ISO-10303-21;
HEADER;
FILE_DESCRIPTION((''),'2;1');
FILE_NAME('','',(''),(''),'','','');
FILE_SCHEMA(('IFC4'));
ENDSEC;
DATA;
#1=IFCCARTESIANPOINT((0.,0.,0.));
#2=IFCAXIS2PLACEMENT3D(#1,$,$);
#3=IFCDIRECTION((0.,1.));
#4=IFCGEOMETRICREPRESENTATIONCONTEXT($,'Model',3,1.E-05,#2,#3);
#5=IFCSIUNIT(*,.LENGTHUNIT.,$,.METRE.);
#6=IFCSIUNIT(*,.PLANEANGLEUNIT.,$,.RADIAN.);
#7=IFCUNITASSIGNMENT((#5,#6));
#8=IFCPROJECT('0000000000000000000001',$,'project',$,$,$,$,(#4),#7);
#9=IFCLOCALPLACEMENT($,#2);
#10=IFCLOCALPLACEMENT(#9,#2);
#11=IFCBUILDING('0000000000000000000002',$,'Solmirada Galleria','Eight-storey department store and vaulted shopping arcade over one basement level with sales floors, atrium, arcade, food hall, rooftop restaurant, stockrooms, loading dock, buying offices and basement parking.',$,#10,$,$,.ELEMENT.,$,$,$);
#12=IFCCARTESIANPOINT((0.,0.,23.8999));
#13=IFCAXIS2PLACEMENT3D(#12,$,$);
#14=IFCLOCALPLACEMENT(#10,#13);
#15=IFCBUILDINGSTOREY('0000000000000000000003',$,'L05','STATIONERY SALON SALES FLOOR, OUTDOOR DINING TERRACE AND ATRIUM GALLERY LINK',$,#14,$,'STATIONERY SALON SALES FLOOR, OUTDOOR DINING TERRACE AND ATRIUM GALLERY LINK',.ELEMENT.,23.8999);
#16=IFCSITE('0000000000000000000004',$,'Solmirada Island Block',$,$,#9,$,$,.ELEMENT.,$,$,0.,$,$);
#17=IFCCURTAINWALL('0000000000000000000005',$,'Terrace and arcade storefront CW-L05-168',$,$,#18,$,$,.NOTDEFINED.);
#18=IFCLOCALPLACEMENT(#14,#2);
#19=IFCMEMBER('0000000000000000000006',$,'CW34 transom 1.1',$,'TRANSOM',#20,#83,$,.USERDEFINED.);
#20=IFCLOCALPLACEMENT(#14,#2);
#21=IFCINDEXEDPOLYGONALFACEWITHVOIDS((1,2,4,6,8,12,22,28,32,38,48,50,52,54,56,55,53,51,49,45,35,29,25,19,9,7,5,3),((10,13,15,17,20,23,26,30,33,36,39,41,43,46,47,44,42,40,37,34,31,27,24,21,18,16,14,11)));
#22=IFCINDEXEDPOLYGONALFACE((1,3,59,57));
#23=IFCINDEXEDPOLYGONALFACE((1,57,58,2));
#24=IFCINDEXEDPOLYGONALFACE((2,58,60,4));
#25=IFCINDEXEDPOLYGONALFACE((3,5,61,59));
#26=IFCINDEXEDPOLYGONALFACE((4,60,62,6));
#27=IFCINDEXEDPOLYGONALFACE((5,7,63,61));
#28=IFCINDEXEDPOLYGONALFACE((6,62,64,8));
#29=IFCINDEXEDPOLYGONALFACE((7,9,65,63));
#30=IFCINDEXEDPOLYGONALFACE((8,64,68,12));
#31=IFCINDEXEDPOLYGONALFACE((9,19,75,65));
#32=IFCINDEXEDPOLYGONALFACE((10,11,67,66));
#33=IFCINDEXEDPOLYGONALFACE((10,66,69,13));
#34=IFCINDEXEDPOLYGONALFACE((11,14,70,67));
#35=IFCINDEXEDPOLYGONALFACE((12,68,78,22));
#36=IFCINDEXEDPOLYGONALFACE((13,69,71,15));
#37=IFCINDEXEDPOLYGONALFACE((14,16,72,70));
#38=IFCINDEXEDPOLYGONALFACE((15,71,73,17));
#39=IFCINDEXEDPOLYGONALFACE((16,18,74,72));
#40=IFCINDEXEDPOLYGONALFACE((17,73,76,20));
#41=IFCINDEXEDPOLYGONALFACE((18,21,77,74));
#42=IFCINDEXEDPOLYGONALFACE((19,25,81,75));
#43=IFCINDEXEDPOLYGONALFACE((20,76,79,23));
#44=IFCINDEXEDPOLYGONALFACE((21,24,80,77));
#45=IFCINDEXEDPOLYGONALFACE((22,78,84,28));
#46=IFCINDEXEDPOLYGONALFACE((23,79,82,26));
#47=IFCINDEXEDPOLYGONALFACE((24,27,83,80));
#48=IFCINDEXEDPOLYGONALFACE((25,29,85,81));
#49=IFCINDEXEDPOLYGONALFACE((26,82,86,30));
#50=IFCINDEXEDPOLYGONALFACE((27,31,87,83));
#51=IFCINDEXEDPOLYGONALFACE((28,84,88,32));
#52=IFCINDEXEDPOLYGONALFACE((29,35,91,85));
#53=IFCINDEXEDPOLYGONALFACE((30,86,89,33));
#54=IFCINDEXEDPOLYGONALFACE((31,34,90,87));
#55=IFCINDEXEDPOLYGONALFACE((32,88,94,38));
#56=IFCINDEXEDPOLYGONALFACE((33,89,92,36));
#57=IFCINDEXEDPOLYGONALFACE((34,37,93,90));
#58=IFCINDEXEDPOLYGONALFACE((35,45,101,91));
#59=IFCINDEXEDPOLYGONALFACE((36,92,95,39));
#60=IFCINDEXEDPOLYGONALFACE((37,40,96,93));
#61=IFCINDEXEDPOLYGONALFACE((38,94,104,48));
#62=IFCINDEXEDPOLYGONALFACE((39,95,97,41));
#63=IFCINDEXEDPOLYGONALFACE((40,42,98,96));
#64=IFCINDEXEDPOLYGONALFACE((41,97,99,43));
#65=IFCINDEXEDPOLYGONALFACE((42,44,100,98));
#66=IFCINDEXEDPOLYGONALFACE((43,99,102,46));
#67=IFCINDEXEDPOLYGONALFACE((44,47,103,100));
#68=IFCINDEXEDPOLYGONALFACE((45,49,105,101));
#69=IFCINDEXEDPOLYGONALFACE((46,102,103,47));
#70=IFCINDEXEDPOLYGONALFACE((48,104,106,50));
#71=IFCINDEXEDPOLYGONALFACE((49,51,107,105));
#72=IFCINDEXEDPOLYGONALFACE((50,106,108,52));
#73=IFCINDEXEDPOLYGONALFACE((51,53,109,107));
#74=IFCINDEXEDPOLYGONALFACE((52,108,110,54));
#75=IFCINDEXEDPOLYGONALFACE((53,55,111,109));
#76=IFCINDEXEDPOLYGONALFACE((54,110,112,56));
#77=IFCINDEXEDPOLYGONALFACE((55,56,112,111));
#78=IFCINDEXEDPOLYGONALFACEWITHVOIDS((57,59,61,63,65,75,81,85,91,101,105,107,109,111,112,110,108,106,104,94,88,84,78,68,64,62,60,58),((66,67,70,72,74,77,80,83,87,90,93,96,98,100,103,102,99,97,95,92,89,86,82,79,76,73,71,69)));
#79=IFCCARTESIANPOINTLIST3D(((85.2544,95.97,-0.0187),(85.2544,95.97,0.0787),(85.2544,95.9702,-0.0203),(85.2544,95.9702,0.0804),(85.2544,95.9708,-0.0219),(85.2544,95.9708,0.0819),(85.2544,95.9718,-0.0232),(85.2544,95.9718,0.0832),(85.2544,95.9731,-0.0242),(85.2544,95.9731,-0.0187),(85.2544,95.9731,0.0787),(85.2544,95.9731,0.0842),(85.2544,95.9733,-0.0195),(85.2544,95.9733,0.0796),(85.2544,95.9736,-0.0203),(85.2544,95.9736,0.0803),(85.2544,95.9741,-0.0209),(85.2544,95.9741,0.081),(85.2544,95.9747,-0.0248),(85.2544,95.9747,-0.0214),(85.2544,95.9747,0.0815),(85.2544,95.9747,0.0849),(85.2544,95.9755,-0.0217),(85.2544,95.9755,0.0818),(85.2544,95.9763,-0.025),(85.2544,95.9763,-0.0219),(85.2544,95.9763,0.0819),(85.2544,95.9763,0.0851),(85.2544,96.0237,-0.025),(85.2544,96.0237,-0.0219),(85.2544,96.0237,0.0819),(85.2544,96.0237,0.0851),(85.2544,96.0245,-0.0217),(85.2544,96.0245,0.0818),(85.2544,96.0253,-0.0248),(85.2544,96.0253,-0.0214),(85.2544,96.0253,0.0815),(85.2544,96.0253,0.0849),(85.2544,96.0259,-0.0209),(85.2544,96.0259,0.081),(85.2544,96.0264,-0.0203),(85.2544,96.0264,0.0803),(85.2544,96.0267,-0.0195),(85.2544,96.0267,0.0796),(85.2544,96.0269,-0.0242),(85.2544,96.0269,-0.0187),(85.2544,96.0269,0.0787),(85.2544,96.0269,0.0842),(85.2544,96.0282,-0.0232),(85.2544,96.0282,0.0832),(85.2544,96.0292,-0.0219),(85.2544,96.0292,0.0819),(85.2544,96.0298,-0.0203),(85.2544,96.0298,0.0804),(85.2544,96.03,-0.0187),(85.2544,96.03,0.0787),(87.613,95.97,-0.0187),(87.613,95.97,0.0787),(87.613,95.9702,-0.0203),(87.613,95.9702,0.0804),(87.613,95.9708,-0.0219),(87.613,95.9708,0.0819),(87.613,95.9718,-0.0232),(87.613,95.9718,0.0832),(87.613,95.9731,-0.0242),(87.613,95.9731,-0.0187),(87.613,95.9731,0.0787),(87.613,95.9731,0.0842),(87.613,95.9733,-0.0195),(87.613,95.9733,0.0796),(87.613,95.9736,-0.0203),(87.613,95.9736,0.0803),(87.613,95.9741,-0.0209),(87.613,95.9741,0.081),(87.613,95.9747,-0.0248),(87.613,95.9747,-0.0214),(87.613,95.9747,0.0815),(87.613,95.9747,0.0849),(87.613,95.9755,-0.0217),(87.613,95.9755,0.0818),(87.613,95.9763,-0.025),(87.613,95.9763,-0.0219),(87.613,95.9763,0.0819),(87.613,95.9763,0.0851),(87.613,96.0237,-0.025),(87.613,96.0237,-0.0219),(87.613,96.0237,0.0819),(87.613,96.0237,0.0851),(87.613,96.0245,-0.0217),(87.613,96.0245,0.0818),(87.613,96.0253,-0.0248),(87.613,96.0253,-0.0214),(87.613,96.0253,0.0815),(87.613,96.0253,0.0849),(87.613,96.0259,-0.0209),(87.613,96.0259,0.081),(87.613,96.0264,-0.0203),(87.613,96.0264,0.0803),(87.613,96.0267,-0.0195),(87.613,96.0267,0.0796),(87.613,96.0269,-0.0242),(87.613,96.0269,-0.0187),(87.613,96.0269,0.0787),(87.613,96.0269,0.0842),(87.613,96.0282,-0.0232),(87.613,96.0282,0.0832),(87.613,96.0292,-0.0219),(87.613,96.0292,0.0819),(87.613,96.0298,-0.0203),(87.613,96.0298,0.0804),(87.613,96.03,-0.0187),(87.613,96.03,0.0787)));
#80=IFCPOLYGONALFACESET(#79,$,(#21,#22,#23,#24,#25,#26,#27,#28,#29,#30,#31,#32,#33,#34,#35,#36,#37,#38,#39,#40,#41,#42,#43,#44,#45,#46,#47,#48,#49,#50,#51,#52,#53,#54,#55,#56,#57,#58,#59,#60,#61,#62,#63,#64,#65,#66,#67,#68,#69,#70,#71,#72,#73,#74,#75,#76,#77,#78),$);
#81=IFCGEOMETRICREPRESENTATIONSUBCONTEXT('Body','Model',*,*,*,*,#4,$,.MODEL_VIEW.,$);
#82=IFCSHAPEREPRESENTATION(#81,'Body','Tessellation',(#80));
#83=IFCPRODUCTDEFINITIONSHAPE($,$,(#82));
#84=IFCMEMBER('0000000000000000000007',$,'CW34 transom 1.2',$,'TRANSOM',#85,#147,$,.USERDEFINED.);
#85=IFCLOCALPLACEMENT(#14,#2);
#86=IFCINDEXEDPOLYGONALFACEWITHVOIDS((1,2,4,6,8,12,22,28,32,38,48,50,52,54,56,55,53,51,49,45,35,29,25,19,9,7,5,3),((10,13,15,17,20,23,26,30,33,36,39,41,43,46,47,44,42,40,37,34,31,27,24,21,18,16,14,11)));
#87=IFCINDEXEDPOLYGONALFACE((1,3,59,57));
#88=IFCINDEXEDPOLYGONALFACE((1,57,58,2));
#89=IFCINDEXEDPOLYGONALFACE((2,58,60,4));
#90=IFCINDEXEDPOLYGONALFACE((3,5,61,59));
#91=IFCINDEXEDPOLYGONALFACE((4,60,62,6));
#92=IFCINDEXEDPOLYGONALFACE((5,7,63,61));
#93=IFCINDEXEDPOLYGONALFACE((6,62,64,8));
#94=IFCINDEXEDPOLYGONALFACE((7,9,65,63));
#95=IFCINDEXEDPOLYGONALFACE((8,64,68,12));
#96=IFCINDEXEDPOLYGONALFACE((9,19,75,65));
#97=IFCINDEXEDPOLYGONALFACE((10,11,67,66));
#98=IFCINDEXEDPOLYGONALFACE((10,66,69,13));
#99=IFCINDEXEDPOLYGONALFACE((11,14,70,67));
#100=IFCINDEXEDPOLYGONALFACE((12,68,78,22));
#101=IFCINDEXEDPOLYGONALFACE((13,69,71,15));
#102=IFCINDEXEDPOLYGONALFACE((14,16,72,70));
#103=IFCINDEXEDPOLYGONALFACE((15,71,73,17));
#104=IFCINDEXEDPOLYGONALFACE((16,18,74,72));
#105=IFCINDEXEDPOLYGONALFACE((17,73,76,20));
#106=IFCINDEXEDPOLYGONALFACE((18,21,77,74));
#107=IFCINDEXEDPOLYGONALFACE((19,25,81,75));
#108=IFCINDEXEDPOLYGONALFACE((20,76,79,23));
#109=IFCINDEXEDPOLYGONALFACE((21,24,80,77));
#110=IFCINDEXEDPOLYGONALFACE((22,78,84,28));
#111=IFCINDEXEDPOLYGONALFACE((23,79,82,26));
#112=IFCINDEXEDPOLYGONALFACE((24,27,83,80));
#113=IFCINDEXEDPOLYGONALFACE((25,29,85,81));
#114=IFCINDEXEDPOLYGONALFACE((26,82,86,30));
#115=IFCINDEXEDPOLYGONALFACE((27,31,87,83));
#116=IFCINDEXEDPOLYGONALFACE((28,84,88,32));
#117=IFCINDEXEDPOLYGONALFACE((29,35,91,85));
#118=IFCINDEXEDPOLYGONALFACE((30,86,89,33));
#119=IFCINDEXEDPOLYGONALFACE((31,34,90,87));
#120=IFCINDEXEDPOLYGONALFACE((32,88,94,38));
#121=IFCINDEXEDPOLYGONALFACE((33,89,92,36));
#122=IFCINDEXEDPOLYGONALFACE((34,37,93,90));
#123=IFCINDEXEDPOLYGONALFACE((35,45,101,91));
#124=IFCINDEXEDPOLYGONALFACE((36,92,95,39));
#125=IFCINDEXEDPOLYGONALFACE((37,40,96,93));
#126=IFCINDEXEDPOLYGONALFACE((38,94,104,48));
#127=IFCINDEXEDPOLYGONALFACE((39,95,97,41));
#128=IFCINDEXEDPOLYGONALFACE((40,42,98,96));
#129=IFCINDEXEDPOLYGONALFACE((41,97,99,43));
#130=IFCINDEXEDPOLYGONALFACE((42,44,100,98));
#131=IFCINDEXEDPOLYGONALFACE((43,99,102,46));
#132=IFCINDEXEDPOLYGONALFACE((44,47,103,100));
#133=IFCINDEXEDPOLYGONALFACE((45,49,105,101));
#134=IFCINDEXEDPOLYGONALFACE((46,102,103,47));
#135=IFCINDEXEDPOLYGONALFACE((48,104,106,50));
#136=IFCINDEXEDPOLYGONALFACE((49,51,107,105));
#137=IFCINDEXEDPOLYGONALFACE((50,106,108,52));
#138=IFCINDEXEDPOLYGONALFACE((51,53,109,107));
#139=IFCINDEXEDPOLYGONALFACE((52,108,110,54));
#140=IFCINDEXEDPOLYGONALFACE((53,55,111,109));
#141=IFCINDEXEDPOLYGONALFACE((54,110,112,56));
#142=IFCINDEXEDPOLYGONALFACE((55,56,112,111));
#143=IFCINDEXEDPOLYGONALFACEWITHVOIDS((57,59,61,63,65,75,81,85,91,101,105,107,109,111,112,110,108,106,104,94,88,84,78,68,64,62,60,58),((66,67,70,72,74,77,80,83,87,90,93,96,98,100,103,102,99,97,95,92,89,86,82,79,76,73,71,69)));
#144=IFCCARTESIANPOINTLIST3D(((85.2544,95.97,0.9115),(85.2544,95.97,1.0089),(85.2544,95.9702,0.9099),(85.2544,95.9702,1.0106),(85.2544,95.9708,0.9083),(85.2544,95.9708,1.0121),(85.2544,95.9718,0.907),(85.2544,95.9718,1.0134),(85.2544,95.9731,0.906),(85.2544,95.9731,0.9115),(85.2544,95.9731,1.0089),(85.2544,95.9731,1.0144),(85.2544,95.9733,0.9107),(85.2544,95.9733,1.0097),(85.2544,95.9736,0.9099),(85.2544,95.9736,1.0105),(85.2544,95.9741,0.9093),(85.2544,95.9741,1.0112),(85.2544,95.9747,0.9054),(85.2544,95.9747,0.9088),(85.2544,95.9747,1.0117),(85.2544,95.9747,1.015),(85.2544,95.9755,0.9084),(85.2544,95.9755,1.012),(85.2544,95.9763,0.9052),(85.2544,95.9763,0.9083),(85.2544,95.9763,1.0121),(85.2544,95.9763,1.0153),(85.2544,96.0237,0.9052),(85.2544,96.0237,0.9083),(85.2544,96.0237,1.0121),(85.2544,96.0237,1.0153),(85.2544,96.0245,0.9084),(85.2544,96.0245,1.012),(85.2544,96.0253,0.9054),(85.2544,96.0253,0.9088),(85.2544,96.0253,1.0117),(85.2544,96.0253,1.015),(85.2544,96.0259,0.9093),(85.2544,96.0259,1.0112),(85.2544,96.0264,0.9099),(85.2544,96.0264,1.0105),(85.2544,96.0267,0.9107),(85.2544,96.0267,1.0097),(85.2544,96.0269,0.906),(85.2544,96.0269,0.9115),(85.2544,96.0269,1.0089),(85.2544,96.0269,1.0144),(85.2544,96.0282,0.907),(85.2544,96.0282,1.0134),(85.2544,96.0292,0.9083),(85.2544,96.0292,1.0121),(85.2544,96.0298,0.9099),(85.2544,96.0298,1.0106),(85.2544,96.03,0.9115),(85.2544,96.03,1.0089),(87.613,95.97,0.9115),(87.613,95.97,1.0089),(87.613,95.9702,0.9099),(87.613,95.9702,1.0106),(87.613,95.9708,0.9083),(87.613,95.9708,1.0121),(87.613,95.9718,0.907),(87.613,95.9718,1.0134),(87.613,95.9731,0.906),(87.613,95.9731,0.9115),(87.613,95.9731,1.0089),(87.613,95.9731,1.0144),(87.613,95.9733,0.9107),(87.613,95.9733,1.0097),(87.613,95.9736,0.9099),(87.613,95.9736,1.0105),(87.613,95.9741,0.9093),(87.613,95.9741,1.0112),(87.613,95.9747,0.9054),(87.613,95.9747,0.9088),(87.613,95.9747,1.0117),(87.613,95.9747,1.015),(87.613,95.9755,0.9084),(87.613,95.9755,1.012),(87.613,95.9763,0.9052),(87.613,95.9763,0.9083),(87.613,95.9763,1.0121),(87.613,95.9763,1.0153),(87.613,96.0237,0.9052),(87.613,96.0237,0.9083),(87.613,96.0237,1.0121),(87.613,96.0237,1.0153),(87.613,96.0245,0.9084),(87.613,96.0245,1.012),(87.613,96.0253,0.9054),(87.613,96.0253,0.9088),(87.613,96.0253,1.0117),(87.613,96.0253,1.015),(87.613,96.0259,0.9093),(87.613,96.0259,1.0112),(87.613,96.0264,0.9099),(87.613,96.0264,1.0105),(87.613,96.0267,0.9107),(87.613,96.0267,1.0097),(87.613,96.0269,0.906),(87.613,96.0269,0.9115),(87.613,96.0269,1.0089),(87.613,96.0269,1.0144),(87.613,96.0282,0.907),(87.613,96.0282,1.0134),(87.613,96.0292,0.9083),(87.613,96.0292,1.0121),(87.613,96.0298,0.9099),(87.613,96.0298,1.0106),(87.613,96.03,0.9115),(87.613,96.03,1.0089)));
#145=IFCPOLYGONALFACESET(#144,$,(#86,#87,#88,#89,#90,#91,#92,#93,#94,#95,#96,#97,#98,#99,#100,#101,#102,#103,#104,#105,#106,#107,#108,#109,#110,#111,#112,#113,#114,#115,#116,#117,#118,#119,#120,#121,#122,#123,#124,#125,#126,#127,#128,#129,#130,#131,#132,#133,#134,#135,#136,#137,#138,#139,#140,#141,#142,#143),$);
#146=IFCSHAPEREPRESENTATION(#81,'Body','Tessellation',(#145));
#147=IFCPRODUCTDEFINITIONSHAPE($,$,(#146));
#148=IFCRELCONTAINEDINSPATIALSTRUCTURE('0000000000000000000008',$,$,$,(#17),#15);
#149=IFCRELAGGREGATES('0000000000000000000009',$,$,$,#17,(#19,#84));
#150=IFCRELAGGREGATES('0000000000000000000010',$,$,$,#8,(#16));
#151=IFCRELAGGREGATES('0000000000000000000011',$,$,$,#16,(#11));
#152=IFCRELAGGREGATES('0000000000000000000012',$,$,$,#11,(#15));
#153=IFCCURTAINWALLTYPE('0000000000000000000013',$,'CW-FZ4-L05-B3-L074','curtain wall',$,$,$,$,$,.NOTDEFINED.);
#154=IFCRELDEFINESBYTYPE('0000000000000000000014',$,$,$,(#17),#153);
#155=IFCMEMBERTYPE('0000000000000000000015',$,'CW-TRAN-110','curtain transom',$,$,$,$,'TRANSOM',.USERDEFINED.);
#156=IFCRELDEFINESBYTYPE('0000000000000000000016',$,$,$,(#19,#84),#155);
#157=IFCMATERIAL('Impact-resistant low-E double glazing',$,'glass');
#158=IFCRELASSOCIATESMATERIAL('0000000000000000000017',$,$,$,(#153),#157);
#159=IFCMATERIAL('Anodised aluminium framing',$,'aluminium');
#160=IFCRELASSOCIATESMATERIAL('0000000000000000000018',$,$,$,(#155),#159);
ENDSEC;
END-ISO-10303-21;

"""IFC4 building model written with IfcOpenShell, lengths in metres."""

from ifc_helpers import new_model, si_unit, direction, frame, origin, origin_2d, place, context, subcontext, project, spatial, hollow_rectangle, extrude, material, material_profile, profile_set, type_object, element, aggregate, save


model = new_model("IFC4")

# Units and contexts
model_context = context("Model", 3, precision=1e-05, world=origin(), true_north=direction((0.0, 1.0)))
body_context = subcontext(model_context, "Body", "Model", "MODEL_VIEW")
ifc_project = project(units=[si_unit("LENGTHUNIT", "METRE"), si_unit("PLANEANGLEUNIT", "RADIAN")], contexts=[model_context])

# Site, building, storey
site_placement = place(None, origin())
site = spatial("IfcSite", under=ifc_project, at=site_placement, Name="Solmirada Island Block", CompositionType="ELEMENT", RefElevation=0.0)
building_placement = place(site_placement, origin())
building = spatial("IfcBuilding", under=site, at=building_placement, Name="Solmirada Galleria", Description="Eight-storey department store and vaulted shopping arcade over one basement level with sales floors, atrium, arcade, food hall, rooftop restaurant, stockrooms, loading dock, buying offices and basement parking.", CompositionType="ELEMENT")
storey_placement = place(building_placement, frame((0.0, 0.0, 23.8999)))
storey = spatial("IfcBuildingStorey", under=building, at=storey_placement, Name="L05", Description="STATIONERY SALON SALES FLOOR, OUTDOOR DINING TERRACE AND ATRIUM GALLERY LINK", LongName="STATIONERY SALON SALES FLOOR, OUTDOOR DINING TERRACE AND ATRIUM GALLERY LINK", CompositionType="ELEMENT", Elevation=23.8999)

# Curtain wall
ifc_material_1 = material(Name="Impact-resistant low-E double glazing", Category="glass")
curtain_wall_type = type_object("IfcCurtainWallType", Name="CW-FZ4-L05-B3-L074", Description="curtain wall", PredefinedType="NOTDEFINED", material=ifc_material_1)
curtain_wall_1_placement = place(storey_placement, origin())
curtain_wall_1 = element("IfcCurtainWall", 1, at=curtain_wall_1_placement, inside=storey, type_object=curtain_wall_type, Name="Terrace and arcade storefront CW-L05-168", PredefinedType="NOTDEFINED")
ifc_material_2 = material(Name="Anodised aluminium framing", Category="aluminium")

# Members
ifc_material_profile_1 = material_profile(ifc_material_2, hollow_rectangle(XDim=0.0601, YDim=0.1101, WallThickness=0.0032, InnerFilletRadius=0.0032, OuterFilletRadius=0.0063, at=origin_2d()), Name="ALU-TRAN-110X60")
ifc_profile_set_1 = profile_set([ifc_material_profile_1], Name="Anodised aluminium framing")
member_type_1 = type_object("IfcMemberType", Name="CW-TRAN-110", Description="curtain transom", ElementType="TRANSOM", PredefinedType="USERDEFINED", material=ifc_profile_set_1)
member_1_placement = place(storey_placement, frame((87.613, 96.0, 0.03), z_axis=(-1.0, 0.0, 0.0), x_axis=(0.0, -1.0, 0.0)))
member_1 = element("IfcMember", 2, at=member_1_placement, type_object=member_type_1, Name="CW34 transom 1.1", ObjectType="TRANSOM", PredefinedType="USERDEFINED", context=body_context, shape_type="SweptSolid", body=[
    extrude(hollow_rectangle(XDim=0.0601, YDim=0.1101, WallThickness=0.0032, InnerFilletRadius=0.0032, OuterFilletRadius=0.0063, at=origin_2d()), origin(), (0.0, 0.0, 1.0), 2.3586),
])
member_2_placement = place(storey_placement, frame((87.613, 96.0, 0.9602), z_axis=(-1.0, 0.0, 0.0), x_axis=(0.0, -1.0, 0.0)))
member_2 = element("IfcMember", 3, at=member_2_placement, type_object=member_type_1, Name="CW34 transom 1.2", ObjectType="TRANSOM", PredefinedType="USERDEFINED", context=body_context, shape_type="SweptSolid", body=[
    extrude(hollow_rectangle(XDim=0.0601, YDim=0.1101, WallThickness=0.0032, InnerFilletRadius=0.0032, OuterFilletRadius=0.0063, at=origin_2d()), origin(), (0.0, 0.0, 1.0), 2.3586),
])

aggregate(curtain_wall_1, [member_1, member_2])

save(model, "model.ifc")
